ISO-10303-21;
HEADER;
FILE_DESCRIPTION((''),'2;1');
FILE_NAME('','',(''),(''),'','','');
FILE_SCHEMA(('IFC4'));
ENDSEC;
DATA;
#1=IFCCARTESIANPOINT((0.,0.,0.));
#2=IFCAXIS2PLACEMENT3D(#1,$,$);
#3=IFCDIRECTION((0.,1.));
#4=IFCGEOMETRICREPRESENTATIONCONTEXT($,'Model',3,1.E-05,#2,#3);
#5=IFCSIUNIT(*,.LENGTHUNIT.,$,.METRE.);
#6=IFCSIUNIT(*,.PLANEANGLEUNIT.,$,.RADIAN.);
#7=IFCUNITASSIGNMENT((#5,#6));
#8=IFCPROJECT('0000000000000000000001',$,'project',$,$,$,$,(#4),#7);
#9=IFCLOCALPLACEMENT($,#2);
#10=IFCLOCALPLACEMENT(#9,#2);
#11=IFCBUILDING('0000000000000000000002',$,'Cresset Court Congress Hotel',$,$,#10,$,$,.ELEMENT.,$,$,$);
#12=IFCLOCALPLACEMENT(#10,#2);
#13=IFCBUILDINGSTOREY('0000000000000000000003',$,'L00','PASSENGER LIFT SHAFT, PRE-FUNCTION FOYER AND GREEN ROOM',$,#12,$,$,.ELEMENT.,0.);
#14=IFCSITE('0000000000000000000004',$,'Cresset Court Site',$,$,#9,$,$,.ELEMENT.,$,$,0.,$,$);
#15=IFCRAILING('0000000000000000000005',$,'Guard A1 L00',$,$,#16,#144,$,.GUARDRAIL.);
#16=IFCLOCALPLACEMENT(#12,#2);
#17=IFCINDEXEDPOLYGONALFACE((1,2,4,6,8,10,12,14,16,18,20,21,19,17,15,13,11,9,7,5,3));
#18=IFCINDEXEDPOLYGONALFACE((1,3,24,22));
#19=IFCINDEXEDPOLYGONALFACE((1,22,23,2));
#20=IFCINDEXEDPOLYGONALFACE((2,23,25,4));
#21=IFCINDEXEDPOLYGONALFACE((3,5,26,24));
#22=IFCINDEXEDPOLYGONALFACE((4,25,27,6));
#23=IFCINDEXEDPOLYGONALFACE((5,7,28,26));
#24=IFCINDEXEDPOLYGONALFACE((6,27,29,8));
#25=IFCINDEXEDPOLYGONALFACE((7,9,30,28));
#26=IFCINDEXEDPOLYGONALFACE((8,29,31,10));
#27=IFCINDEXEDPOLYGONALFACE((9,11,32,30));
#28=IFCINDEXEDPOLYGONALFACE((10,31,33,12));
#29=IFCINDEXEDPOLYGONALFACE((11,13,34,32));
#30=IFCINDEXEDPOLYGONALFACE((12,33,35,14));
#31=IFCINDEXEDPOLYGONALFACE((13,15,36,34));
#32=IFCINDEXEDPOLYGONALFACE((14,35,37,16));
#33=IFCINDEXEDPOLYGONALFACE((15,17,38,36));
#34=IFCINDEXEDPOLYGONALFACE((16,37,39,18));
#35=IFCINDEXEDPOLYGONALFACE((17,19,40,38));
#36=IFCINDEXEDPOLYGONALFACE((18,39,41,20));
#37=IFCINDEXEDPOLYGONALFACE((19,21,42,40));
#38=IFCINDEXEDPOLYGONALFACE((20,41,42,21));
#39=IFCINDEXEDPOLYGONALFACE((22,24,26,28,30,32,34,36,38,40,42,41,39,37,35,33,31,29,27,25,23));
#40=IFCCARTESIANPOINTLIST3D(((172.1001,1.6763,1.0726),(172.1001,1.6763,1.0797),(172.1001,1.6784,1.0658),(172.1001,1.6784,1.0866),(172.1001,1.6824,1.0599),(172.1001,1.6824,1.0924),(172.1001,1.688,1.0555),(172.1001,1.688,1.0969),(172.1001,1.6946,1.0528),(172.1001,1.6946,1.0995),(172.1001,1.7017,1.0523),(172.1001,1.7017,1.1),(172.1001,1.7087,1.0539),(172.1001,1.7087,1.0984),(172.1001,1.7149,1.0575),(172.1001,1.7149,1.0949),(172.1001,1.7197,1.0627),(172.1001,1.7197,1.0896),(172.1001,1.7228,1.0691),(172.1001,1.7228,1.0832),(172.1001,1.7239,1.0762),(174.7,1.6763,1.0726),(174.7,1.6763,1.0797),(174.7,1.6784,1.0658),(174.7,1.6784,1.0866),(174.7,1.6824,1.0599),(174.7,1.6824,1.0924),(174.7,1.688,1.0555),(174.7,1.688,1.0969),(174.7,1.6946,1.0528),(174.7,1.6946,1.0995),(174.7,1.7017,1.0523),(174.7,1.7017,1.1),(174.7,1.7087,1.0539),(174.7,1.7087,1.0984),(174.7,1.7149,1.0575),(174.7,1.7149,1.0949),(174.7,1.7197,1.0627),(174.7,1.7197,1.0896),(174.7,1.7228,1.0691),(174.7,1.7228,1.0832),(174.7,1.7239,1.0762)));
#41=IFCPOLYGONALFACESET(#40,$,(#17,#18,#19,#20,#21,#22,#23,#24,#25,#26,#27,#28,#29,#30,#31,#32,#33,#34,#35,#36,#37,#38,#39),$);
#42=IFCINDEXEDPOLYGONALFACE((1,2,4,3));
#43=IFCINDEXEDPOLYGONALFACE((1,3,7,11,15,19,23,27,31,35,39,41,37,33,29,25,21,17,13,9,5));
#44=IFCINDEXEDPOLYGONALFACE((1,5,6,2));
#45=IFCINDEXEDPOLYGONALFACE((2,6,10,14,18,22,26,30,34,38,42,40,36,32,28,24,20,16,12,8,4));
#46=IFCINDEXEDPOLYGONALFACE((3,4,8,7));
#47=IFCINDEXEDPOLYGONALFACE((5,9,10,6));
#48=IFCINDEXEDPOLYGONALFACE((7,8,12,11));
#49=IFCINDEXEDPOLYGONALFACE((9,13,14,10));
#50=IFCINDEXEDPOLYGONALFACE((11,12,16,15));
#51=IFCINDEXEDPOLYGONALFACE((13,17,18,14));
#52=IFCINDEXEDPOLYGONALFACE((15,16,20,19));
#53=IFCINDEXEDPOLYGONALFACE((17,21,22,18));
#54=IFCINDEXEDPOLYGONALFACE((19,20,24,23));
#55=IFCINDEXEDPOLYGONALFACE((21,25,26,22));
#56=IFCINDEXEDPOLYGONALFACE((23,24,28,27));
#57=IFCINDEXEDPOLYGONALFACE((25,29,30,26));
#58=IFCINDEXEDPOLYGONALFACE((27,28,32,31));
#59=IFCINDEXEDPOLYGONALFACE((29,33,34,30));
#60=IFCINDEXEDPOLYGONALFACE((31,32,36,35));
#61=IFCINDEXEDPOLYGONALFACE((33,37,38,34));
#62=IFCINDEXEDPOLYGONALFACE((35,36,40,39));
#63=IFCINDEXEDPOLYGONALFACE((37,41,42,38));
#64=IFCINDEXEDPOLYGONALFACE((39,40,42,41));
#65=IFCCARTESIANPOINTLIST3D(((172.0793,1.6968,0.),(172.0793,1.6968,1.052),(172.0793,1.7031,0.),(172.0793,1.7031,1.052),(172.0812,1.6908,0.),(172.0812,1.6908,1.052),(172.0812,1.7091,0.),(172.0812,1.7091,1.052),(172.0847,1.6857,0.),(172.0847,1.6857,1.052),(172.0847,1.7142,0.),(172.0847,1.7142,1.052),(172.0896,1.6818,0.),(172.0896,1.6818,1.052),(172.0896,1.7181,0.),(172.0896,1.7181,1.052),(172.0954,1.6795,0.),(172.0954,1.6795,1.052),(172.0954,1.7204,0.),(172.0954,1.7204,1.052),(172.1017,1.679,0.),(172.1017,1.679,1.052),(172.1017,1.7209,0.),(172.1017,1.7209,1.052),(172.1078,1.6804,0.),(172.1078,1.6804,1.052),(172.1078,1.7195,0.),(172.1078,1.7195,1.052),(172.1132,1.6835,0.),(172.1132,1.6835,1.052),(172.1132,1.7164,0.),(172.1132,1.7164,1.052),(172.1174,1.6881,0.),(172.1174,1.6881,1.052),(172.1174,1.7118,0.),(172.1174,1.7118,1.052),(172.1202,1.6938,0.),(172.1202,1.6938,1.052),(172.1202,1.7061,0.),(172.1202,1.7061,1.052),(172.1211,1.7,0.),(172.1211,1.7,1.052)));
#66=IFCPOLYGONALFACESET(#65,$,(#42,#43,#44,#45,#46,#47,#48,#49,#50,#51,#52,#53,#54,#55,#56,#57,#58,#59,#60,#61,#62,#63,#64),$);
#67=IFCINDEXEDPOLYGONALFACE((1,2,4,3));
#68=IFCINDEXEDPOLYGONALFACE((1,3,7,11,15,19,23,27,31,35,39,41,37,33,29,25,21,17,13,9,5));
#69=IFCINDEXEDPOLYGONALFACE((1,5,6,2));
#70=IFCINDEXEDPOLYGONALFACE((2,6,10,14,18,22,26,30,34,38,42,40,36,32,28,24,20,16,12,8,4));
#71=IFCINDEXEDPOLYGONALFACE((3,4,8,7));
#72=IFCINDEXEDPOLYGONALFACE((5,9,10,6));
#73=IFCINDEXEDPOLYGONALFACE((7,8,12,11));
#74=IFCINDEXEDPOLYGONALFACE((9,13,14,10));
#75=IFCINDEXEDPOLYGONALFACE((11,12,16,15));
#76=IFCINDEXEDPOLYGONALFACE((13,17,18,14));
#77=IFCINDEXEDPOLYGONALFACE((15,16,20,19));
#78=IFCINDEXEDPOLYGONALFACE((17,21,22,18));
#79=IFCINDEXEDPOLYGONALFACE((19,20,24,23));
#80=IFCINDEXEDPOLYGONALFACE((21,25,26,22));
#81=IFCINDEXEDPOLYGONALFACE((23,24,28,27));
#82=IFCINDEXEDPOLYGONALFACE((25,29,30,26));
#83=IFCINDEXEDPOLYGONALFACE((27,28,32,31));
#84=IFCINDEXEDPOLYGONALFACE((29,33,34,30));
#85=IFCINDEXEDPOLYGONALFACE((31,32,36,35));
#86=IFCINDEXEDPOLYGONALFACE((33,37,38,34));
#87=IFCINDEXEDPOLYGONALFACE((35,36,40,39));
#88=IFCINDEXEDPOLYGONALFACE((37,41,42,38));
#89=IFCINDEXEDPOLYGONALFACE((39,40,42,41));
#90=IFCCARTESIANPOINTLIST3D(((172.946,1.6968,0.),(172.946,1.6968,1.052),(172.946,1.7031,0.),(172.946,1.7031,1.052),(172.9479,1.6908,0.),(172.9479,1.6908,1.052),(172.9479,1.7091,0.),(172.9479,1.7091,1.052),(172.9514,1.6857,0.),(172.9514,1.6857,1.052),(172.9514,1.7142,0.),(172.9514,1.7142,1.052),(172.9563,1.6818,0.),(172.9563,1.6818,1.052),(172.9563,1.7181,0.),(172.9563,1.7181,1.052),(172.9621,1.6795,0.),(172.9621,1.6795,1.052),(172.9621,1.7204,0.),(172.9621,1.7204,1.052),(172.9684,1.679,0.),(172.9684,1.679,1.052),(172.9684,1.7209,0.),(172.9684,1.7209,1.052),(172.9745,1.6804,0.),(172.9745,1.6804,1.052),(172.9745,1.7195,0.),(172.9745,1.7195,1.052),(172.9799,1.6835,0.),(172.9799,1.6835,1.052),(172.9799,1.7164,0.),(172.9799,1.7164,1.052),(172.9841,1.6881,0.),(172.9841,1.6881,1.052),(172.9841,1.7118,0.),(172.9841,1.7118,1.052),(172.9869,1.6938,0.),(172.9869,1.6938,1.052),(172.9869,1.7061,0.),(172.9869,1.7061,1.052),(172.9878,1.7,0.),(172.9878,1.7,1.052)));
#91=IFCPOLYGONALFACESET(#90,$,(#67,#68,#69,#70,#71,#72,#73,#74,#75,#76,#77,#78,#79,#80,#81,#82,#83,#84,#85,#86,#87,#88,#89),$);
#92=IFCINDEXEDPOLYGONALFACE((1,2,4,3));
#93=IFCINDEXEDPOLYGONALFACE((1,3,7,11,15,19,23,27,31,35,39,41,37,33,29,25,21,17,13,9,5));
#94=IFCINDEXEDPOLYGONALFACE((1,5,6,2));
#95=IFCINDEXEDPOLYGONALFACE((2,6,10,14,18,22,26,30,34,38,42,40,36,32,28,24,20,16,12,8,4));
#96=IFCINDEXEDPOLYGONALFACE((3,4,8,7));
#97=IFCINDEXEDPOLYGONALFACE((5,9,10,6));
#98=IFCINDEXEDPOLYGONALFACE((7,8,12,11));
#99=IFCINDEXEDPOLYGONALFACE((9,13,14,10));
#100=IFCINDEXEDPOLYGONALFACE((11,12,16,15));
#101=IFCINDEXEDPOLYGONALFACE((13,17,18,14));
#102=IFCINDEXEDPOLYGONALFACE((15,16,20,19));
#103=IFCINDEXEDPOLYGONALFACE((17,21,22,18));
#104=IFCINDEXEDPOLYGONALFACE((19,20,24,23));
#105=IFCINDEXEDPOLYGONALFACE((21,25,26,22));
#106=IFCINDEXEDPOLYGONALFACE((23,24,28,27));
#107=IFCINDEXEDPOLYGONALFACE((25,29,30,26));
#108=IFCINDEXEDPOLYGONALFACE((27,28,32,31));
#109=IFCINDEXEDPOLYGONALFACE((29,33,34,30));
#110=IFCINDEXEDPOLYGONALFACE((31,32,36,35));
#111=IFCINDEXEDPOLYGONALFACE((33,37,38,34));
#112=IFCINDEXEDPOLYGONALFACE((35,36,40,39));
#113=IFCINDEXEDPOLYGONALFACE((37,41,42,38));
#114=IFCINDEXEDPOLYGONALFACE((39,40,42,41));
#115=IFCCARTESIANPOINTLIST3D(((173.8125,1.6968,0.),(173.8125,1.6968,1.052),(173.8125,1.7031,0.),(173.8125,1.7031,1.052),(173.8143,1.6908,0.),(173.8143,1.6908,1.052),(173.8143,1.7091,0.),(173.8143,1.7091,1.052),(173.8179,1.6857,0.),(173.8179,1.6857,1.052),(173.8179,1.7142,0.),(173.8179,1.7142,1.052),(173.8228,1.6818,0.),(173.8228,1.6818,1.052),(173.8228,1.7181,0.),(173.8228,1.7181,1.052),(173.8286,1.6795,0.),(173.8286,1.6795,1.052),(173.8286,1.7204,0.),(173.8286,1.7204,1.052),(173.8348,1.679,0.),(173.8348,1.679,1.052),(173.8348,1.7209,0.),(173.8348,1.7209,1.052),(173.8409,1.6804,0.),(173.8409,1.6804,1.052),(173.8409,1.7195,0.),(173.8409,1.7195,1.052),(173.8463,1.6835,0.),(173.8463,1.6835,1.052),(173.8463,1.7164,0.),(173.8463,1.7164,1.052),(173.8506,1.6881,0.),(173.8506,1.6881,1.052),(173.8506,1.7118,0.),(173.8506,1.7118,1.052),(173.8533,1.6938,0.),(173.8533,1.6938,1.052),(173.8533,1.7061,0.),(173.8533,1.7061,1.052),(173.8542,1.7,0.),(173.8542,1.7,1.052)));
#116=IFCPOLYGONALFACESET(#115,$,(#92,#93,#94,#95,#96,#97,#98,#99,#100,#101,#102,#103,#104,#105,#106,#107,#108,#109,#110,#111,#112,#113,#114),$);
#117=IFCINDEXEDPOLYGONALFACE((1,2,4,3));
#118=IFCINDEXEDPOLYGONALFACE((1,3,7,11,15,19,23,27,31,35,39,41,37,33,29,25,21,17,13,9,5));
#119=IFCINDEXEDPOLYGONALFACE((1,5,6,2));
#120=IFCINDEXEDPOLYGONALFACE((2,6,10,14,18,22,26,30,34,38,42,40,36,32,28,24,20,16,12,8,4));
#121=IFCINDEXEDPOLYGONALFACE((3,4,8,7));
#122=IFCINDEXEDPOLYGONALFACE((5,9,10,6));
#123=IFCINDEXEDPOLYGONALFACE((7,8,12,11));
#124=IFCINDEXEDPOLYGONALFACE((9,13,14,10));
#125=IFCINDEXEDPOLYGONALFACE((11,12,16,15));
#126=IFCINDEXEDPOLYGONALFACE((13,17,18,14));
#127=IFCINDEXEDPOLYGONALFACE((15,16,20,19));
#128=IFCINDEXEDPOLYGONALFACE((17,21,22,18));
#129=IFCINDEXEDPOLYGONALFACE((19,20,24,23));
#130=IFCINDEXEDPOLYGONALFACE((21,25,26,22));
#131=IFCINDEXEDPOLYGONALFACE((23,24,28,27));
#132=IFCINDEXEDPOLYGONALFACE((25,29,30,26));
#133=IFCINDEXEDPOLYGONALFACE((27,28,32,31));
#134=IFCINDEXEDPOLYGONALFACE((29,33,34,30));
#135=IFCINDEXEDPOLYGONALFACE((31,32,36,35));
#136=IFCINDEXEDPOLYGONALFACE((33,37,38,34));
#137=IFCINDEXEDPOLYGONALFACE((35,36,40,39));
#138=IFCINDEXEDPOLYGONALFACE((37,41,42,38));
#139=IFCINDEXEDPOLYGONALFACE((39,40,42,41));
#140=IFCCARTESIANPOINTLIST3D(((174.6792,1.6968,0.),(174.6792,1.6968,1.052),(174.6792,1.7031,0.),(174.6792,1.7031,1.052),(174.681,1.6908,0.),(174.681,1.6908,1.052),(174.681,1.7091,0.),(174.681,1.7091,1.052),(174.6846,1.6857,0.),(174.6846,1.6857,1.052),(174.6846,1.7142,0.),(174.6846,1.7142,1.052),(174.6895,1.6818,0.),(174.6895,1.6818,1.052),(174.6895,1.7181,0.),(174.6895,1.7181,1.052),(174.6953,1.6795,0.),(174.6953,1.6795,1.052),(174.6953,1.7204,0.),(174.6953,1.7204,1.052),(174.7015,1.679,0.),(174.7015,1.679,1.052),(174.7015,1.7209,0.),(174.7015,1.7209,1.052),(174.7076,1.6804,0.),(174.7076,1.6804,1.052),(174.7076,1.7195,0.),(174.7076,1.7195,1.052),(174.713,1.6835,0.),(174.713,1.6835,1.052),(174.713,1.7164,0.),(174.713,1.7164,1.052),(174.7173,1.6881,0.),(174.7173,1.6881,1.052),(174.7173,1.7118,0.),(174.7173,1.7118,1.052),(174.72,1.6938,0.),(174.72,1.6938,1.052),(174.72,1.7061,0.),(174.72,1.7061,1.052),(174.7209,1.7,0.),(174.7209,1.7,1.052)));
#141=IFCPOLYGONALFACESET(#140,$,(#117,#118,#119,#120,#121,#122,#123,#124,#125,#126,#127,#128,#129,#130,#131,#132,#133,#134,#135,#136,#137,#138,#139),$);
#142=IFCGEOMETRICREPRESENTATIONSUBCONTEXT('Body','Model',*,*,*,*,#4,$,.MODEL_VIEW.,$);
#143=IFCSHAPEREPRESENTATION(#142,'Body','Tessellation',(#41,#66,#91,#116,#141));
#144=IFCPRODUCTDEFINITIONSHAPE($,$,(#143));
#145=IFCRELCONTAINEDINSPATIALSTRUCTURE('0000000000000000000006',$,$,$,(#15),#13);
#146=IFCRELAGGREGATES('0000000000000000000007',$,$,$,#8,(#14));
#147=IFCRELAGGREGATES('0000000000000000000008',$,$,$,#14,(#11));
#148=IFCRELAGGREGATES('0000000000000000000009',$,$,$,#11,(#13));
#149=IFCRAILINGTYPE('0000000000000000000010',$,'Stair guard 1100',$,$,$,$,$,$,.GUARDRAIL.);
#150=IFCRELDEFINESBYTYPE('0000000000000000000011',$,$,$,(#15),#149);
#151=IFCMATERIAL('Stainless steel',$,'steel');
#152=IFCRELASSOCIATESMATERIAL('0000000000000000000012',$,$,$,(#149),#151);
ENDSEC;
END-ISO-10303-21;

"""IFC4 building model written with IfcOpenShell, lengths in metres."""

from ifc_helpers import new_model, si_unit, direction, frame, origin, origin_2d, place, context, subcontext, project, spatial, circle, extrude, material, type_object, element, save


model = new_model("IFC4")

# Units and contexts
model_context = context("Model", 3, precision=1e-05, world=origin(), true_north=direction((0.0, 1.0)))
body_context = subcontext(model_context, "Body", "Model", "MODEL_VIEW")
ifc_project = project(units=[si_unit("LENGTHUNIT", "METRE"), si_unit("PLANEANGLEUNIT", "RADIAN")], contexts=[model_context])

# Site, building, storey
site_placement = place(None, origin())
site = spatial("IfcSite", under=ifc_project, at=site_placement, Name="Cresset Court Site", CompositionType="ELEMENT", RefElevation=0.0)
building_placement = place(site_placement, origin())
building = spatial("IfcBuilding", under=site, at=building_placement, Name="Cresset Court Congress Hotel", CompositionType="ELEMENT")
storey_placement = place(building_placement, origin())
storey = spatial("IfcBuildingStorey", under=building, at=storey_placement, Name="L00", Description="PASSENGER LIFT SHAFT, PRE-FUNCTION FOYER AND GREEN ROOM", CompositionType="ELEMENT", Elevation=0.0)

# Railing
ifc_material_1 = material(Name="Stainless steel", Category="steel")
railing_type_1 = type_object("IfcRailingType", Name="Stair guard 1100", PredefinedType="GUARDRAIL", material=ifc_material_1)
for number, where, name in (
    (1, (172.1001, 1.7, 0.0), "Guard A1 L00"),
):
    element("IfcRailing", number, at=place(storey_placement, frame(where)), inside=storey, type_object=railing_type_1, Name=name, PredefinedType="GUARDRAIL", context=body_context, shape_type="SweptSolid", body=[
        extrude(circle(Radius=0.0239, at=origin_2d()), frame((0.0, 0.0, 1.0762), z_axis=(1.0, 0.0, 0.0), x_axis=(0.0, 1.0, 0.0)), (0.0, 0.0, 1.0), 2.5999),
        extrude(circle(Radius=0.021, at=origin_2d()), origin(), (0.0, 0.0, 1.0), 1.052),
        extrude(circle(Radius=0.021, at=origin_2d()), frame((0.8667, 0.0, 0.0)), (0.0, 0.0, 1.0), 1.052),
        extrude(circle(Radius=0.021, at=origin_2d()), frame((1.7332, 0.0, 0.0)), (0.0, 0.0, 1.0), 1.052),
        extrude(circle(Radius=0.021, at=origin_2d()), frame((2.5999, 0.0, 0.0)), (0.0, 0.0, 1.0), 1.052),
    ])

save(model, "model.ifc")
